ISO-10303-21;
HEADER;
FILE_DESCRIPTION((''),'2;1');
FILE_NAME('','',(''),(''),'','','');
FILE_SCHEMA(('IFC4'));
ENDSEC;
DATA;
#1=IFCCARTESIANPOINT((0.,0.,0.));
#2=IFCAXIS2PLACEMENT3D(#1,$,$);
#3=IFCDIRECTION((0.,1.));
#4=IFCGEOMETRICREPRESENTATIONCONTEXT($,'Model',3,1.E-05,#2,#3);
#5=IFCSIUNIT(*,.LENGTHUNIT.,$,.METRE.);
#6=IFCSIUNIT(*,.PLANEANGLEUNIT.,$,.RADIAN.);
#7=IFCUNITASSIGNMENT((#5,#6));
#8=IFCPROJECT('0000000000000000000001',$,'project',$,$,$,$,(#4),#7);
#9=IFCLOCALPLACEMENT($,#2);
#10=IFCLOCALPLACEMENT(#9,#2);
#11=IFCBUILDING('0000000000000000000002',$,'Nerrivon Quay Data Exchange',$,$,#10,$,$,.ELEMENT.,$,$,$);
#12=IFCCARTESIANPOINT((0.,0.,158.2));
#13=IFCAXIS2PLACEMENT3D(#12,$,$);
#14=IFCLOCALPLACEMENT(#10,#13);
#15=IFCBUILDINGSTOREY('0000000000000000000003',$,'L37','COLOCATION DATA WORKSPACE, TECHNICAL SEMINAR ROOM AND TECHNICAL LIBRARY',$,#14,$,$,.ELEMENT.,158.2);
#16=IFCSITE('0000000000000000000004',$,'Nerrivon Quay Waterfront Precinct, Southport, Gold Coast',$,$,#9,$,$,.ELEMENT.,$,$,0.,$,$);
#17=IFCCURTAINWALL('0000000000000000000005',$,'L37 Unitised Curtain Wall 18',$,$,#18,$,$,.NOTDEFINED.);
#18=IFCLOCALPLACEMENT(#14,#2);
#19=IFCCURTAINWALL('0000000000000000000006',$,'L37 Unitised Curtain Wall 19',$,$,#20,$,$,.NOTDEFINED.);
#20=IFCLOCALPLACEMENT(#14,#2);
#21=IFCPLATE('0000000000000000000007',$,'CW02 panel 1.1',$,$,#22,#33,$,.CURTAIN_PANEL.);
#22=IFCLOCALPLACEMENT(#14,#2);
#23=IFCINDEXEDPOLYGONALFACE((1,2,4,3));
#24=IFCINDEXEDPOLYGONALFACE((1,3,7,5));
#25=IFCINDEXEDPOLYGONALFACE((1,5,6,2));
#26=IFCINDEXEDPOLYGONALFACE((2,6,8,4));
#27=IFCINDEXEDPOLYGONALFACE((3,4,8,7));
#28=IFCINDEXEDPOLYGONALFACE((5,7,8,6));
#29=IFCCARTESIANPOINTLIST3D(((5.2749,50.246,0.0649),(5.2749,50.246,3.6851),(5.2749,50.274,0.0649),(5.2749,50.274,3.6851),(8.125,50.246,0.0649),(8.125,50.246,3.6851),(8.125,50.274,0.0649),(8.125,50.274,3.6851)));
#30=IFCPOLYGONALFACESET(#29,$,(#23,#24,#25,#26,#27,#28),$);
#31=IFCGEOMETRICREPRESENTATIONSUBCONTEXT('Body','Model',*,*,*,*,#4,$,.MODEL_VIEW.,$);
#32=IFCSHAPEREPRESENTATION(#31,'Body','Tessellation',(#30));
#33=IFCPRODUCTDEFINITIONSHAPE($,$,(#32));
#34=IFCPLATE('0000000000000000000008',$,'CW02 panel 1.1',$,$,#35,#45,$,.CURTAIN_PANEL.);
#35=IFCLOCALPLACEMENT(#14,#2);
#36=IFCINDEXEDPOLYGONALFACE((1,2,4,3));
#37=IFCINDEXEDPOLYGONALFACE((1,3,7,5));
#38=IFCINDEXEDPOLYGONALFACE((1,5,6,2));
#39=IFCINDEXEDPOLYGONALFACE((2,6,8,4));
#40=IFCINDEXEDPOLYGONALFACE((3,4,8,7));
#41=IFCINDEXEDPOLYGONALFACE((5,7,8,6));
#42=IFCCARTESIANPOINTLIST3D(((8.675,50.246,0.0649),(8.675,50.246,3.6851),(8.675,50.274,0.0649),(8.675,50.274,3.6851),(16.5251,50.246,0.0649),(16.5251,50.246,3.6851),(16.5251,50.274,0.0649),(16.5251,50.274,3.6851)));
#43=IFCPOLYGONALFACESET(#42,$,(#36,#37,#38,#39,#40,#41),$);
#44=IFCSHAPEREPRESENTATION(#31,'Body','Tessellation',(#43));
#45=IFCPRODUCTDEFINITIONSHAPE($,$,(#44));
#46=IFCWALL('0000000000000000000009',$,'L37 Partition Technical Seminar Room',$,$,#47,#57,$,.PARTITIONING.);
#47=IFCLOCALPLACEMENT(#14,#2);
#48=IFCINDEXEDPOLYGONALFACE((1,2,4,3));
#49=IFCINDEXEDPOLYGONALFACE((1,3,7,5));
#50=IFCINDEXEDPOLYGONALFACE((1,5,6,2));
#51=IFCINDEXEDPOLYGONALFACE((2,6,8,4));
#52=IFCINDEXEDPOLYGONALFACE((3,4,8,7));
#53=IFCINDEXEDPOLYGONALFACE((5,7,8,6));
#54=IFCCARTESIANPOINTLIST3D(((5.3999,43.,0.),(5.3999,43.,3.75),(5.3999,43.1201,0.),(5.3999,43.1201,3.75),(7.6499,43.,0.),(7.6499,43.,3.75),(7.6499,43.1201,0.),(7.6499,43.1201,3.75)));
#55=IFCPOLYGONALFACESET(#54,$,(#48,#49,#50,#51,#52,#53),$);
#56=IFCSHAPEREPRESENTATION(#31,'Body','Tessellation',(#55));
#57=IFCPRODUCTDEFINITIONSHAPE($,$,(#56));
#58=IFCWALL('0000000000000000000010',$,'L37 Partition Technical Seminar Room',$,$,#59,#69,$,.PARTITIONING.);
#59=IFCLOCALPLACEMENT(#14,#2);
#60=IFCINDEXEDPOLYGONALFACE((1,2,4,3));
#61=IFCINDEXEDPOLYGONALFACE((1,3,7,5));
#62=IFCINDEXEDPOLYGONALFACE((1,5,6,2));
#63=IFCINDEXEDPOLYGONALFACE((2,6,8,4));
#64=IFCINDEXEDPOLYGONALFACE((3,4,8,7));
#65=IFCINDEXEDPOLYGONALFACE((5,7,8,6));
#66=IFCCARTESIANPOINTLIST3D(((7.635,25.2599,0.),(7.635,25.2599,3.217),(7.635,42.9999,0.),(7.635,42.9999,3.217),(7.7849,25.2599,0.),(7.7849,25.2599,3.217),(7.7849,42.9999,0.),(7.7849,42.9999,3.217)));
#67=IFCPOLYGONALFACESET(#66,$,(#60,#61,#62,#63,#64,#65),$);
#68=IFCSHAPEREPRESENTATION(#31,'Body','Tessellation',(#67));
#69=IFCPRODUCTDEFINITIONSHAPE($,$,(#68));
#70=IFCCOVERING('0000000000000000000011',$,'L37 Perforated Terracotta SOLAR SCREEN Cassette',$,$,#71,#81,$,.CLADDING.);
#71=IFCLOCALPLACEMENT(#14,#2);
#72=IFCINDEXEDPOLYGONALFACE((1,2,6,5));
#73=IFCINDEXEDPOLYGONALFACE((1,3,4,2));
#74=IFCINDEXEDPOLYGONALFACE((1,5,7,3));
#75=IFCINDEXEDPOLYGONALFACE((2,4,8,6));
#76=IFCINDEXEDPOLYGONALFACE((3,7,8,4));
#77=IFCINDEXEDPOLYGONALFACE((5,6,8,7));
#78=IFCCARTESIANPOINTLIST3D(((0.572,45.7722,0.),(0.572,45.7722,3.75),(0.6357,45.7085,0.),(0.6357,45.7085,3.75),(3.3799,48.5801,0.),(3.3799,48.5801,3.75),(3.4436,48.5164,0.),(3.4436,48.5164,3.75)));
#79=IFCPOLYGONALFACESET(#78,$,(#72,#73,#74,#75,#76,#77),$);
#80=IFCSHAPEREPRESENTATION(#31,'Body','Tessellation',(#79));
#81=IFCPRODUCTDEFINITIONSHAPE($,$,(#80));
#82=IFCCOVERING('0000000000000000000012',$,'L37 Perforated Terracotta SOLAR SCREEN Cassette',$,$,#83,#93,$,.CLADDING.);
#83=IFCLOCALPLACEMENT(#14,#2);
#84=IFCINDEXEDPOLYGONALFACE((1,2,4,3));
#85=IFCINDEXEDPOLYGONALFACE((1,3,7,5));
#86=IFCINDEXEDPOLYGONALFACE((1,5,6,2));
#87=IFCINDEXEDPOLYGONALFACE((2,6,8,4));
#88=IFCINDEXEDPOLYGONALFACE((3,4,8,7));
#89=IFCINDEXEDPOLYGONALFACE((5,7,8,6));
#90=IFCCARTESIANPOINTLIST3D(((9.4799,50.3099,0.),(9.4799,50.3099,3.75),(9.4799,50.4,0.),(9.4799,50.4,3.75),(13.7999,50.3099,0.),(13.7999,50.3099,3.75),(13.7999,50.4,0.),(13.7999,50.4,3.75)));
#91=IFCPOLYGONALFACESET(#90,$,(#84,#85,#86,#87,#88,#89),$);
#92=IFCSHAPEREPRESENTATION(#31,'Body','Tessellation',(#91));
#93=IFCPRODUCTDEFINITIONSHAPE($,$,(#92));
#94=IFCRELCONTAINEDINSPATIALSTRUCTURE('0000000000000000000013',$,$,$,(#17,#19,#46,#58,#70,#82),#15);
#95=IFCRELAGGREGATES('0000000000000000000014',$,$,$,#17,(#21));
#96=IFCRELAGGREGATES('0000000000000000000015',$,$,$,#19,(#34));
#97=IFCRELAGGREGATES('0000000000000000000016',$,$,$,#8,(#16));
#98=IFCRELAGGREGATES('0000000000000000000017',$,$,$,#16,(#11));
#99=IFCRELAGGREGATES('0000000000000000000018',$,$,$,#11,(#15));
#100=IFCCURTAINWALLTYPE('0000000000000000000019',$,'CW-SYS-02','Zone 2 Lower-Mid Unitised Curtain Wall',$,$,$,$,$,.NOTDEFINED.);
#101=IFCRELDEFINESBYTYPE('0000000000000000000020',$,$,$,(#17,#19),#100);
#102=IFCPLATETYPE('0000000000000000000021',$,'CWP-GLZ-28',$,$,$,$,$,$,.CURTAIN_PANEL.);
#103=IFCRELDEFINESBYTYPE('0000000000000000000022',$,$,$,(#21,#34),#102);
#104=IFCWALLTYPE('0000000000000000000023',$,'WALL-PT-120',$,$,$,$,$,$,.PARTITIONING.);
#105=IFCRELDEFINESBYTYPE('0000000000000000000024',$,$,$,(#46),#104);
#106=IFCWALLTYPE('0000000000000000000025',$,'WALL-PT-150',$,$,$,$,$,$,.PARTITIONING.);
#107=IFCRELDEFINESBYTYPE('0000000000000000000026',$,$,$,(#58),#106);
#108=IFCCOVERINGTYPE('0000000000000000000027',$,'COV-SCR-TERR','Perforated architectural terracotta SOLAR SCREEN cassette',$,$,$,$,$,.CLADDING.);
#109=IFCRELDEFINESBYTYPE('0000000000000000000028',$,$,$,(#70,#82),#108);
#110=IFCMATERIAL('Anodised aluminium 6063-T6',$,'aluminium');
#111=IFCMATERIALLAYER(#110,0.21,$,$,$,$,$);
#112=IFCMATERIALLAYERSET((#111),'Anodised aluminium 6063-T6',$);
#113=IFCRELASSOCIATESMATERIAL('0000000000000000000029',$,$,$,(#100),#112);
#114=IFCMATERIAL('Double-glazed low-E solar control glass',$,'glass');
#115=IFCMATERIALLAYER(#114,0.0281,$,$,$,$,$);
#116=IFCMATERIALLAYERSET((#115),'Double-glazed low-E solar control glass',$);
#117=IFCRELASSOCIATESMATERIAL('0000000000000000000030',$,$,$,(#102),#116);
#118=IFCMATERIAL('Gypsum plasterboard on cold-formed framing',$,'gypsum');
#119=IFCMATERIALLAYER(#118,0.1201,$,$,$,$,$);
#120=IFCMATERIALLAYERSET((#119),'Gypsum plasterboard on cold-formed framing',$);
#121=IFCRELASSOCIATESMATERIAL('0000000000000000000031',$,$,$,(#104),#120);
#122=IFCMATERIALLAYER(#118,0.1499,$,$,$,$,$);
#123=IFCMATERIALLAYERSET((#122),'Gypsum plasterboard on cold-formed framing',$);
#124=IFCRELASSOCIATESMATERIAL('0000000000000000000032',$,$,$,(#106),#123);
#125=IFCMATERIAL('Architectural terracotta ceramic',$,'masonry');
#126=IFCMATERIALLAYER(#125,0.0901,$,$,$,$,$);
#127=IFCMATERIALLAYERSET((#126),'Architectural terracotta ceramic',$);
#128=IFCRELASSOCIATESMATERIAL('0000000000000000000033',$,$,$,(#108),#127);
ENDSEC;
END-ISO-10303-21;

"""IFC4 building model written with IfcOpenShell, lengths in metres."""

from ifc_helpers import new_model, si_unit, direction, frame, frame_2d, origin, origin_2d, place, context, subcontext, project, spatial, rectangle, extrude, material, layer, layer_set, type_object, element, aggregate, save


model = new_model("IFC4")

# Units and contexts
model_context = context("Model", 3, precision=1e-05, world=origin(), true_north=direction((0.0, 1.0)))
body_context = subcontext(model_context, "Body", "Model", "MODEL_VIEW")
ifc_project = project(units=[si_unit("LENGTHUNIT", "METRE"), si_unit("PLANEANGLEUNIT", "RADIAN")], contexts=[model_context])

# Site, building, storey
site_placement = place(None, origin())
site = spatial("IfcSite", under=ifc_project, at=site_placement, Name="Nerrivon Quay Waterfront Precinct, Southport, Gold Coast", CompositionType="ELEMENT", RefElevation=0.0)
building_placement = place(site_placement, origin())
building = spatial("IfcBuilding", under=site, at=building_placement, Name="Nerrivon Quay Data Exchange", CompositionType="ELEMENT")
storey_placement = place(building_placement, frame((0.0, 0.0, 158.2)))
storey = spatial("IfcBuildingStorey", under=building, at=storey_placement, Name="L37", Description="COLOCATION DATA WORKSPACE, TECHNICAL SEMINAR ROOM AND TECHNICAL LIBRARY", CompositionType="ELEMENT", Elevation=158.2)

# Shared definitions
ifc_material_1 = material(Name="Anodised aluminium 6063-T6", Category="aluminium")
ifc_layer_1 = layer(ifc_material_1, 0.21)
ifc_layer_set_1 = layer_set([ifc_layer_1], Name="Anodised aluminium 6063-T6")
curtain_wall_type = type_object("IfcCurtainWallType", Name="CW-SYS-02", Description="Zone 2 Lower-Mid Unitised Curtain Wall", PredefinedType="NOTDEFINED", material=ifc_layer_set_1)

# Curtain wall
curtain_wall_1_placement = place(storey_placement, origin())
curtain_wall_1 = element("IfcCurtainWall", 1, at=curtain_wall_1_placement, inside=storey, type_object=curtain_wall_type, Name="L37 Unitised Curtain Wall 18", PredefinedType="NOTDEFINED")

# Curtain wall
curtain_wall_2_placement = place(storey_placement, origin())
curtain_wall_2 = element("IfcCurtainWall", 2, at=curtain_wall_2_placement, inside=storey, type_object=curtain_wall_type, Name="L37 Unitised Curtain Wall 19", PredefinedType="NOTDEFINED")

# Plates
ifc_material_2 = material(Name="Double-glazed low-E solar control glass", Category="glass")
ifc_layer_2 = layer(ifc_material_2, 0.0281)
ifc_layer_set_2 = layer_set([ifc_layer_2], Name="Double-glazed low-E solar control glass")
plate_type = type_object("IfcPlateType", Name="CWP-GLZ-28", PredefinedType="CURTAIN_PANEL", material=ifc_layer_set_2)
plate_1_placement = place(storey_placement, frame((6.7, 50.26, 0.0649), z_axis=(0.0, 0.0, 1.0), x_axis=(1.0, 0.0, 0.0)))
plate_1 = element("IfcPlate", 3, at=plate_1_placement, type_object=plate_type, Name="CW02 panel 1.1", PredefinedType="CURTAIN_PANEL", context=body_context, shape_type="SweptSolid", body=[
    extrude(rectangle(XDim=2.8501, YDim=0.0281, at=origin_2d()), origin(), (0.0, 0.0, 1.0), 3.6201),
])
aggregate(curtain_wall_1, [plate_1])
plate_2_placement = place(storey_placement, frame((12.6001, 50.26, 0.0649), z_axis=(0.0, 0.0, 1.0), x_axis=(1.0, 0.0, 0.0)))
plate_2 = element("IfcPlate", 4, at=plate_2_placement, type_object=plate_type, Name="CW02 panel 1.1", PredefinedType="CURTAIN_PANEL", context=body_context, shape_type="SweptSolid", body=[
    extrude(rectangle(XDim=7.8501, YDim=0.0281, at=origin_2d()), origin(), (0.0, 0.0, 1.0), 3.6201),
])
aggregate(curtain_wall_2, [plate_2])

# Walls
ifc_material_3 = material(Name="Gypsum plasterboard on cold-formed framing", Category="gypsum")
ifc_layer_3 = layer(ifc_material_3, 0.1201)
ifc_layer_set_3 = layer_set([ifc_layer_3], Name="Gypsum plasterboard on cold-formed framing")
wall_type_1 = type_object("IfcWallType", Name="WALL-PT-120", PredefinedType="PARTITIONING", material=ifc_layer_set_3)
wall_1_placement = place(storey_placement, frame((5.3999, 43.0601, 0.0), z_axis=(0.0, 0.0, 1.0), x_axis=(1.0, 0.0, 0.0)))
element("IfcWall", 5, at=wall_1_placement, inside=storey, type_object=wall_type_1, Name="L37 Partition Technical Seminar Room", PredefinedType="PARTITIONING", context=body_context, shape_type="SweptSolid", body=[
    extrude(rectangle(XDim=2.25, YDim=0.1201, at=frame_2d((1.125, 0.0))), origin(), (0.0, 0.0, 1.0), 3.75),
])
ifc_layer_4 = layer(ifc_material_3, 0.1499)
ifc_layer_set_4 = layer_set([ifc_layer_4], Name="Gypsum plasterboard on cold-formed framing")
wall_type_2 = type_object("IfcWallType", Name="WALL-PT-150", PredefinedType="PARTITIONING", material=ifc_layer_set_4)
wall_2_placement = place(storey_placement, frame((7.71, 43.0, 0.0), z_axis=(0.0, 0.0, 1.0), x_axis=(0.0, -1.0, 0.0)))
element("IfcWall", 6, at=wall_2_placement, inside=storey, type_object=wall_type_2, Name="L37 Partition Technical Seminar Room", PredefinedType="PARTITIONING", context=body_context, shape_type="SweptSolid", body=[
    extrude(rectangle(XDim=17.74, YDim=0.1499, at=frame_2d((8.8701, 0.0))), origin(), (0.0, 0.0, 1.0), 3.217),
])

# Coverings
ifc_material_4 = material(Name="Architectural terracotta ceramic", Category="masonry")
ifc_layer_5 = layer(ifc_material_4, 0.0901)
ifc_layer_set_5 = layer_set([ifc_layer_5], Name="Architectural terracotta ceramic")
covering_type = type_object("IfcCoveringType", Name="COV-SCR-TERR", Description="Perforated architectural terracotta SOLAR SCREEN cassette", PredefinedType="CLADDING", material=ifc_layer_set_5)
covering_1_placement = place(storey_placement, frame((2.0078, 47.1443, 0.0), z_axis=(0.0, 0.0, 1.0), x_axis=(0.707107, 0.707107, 0.0)))
element("IfcCovering", 7, at=covering_1_placement, inside=storey, type_object=covering_type, Name="L37 Perforated Terracotta SOLAR SCREEN Cassette", PredefinedType="CLADDING", context=body_context, shape_type="SweptSolid", body=[
    extrude(rectangle(XDim=3.9709, YDim=0.0901, at=origin_2d()), origin(), (0.0, 0.0, 1.0), 3.75),
])
covering_2_placement = place(storey_placement, frame((11.6399, 50.355, 0.0), z_axis=(0.0, 0.0, 1.0), x_axis=(1.0, 0.0, 0.0)))
element("IfcCovering", 8, at=covering_2_placement, inside=storey, type_object=covering_type, Name="L37 Perforated Terracotta SOLAR SCREEN Cassette", PredefinedType="CLADDING", context=body_context, shape_type="SweptSolid", body=[
    extrude(rectangle(XDim=4.3201, YDim=0.0901, at=origin_2d()), origin(), (0.0, 0.0, 1.0), 3.75),
])

save(model, "model.ifc")
